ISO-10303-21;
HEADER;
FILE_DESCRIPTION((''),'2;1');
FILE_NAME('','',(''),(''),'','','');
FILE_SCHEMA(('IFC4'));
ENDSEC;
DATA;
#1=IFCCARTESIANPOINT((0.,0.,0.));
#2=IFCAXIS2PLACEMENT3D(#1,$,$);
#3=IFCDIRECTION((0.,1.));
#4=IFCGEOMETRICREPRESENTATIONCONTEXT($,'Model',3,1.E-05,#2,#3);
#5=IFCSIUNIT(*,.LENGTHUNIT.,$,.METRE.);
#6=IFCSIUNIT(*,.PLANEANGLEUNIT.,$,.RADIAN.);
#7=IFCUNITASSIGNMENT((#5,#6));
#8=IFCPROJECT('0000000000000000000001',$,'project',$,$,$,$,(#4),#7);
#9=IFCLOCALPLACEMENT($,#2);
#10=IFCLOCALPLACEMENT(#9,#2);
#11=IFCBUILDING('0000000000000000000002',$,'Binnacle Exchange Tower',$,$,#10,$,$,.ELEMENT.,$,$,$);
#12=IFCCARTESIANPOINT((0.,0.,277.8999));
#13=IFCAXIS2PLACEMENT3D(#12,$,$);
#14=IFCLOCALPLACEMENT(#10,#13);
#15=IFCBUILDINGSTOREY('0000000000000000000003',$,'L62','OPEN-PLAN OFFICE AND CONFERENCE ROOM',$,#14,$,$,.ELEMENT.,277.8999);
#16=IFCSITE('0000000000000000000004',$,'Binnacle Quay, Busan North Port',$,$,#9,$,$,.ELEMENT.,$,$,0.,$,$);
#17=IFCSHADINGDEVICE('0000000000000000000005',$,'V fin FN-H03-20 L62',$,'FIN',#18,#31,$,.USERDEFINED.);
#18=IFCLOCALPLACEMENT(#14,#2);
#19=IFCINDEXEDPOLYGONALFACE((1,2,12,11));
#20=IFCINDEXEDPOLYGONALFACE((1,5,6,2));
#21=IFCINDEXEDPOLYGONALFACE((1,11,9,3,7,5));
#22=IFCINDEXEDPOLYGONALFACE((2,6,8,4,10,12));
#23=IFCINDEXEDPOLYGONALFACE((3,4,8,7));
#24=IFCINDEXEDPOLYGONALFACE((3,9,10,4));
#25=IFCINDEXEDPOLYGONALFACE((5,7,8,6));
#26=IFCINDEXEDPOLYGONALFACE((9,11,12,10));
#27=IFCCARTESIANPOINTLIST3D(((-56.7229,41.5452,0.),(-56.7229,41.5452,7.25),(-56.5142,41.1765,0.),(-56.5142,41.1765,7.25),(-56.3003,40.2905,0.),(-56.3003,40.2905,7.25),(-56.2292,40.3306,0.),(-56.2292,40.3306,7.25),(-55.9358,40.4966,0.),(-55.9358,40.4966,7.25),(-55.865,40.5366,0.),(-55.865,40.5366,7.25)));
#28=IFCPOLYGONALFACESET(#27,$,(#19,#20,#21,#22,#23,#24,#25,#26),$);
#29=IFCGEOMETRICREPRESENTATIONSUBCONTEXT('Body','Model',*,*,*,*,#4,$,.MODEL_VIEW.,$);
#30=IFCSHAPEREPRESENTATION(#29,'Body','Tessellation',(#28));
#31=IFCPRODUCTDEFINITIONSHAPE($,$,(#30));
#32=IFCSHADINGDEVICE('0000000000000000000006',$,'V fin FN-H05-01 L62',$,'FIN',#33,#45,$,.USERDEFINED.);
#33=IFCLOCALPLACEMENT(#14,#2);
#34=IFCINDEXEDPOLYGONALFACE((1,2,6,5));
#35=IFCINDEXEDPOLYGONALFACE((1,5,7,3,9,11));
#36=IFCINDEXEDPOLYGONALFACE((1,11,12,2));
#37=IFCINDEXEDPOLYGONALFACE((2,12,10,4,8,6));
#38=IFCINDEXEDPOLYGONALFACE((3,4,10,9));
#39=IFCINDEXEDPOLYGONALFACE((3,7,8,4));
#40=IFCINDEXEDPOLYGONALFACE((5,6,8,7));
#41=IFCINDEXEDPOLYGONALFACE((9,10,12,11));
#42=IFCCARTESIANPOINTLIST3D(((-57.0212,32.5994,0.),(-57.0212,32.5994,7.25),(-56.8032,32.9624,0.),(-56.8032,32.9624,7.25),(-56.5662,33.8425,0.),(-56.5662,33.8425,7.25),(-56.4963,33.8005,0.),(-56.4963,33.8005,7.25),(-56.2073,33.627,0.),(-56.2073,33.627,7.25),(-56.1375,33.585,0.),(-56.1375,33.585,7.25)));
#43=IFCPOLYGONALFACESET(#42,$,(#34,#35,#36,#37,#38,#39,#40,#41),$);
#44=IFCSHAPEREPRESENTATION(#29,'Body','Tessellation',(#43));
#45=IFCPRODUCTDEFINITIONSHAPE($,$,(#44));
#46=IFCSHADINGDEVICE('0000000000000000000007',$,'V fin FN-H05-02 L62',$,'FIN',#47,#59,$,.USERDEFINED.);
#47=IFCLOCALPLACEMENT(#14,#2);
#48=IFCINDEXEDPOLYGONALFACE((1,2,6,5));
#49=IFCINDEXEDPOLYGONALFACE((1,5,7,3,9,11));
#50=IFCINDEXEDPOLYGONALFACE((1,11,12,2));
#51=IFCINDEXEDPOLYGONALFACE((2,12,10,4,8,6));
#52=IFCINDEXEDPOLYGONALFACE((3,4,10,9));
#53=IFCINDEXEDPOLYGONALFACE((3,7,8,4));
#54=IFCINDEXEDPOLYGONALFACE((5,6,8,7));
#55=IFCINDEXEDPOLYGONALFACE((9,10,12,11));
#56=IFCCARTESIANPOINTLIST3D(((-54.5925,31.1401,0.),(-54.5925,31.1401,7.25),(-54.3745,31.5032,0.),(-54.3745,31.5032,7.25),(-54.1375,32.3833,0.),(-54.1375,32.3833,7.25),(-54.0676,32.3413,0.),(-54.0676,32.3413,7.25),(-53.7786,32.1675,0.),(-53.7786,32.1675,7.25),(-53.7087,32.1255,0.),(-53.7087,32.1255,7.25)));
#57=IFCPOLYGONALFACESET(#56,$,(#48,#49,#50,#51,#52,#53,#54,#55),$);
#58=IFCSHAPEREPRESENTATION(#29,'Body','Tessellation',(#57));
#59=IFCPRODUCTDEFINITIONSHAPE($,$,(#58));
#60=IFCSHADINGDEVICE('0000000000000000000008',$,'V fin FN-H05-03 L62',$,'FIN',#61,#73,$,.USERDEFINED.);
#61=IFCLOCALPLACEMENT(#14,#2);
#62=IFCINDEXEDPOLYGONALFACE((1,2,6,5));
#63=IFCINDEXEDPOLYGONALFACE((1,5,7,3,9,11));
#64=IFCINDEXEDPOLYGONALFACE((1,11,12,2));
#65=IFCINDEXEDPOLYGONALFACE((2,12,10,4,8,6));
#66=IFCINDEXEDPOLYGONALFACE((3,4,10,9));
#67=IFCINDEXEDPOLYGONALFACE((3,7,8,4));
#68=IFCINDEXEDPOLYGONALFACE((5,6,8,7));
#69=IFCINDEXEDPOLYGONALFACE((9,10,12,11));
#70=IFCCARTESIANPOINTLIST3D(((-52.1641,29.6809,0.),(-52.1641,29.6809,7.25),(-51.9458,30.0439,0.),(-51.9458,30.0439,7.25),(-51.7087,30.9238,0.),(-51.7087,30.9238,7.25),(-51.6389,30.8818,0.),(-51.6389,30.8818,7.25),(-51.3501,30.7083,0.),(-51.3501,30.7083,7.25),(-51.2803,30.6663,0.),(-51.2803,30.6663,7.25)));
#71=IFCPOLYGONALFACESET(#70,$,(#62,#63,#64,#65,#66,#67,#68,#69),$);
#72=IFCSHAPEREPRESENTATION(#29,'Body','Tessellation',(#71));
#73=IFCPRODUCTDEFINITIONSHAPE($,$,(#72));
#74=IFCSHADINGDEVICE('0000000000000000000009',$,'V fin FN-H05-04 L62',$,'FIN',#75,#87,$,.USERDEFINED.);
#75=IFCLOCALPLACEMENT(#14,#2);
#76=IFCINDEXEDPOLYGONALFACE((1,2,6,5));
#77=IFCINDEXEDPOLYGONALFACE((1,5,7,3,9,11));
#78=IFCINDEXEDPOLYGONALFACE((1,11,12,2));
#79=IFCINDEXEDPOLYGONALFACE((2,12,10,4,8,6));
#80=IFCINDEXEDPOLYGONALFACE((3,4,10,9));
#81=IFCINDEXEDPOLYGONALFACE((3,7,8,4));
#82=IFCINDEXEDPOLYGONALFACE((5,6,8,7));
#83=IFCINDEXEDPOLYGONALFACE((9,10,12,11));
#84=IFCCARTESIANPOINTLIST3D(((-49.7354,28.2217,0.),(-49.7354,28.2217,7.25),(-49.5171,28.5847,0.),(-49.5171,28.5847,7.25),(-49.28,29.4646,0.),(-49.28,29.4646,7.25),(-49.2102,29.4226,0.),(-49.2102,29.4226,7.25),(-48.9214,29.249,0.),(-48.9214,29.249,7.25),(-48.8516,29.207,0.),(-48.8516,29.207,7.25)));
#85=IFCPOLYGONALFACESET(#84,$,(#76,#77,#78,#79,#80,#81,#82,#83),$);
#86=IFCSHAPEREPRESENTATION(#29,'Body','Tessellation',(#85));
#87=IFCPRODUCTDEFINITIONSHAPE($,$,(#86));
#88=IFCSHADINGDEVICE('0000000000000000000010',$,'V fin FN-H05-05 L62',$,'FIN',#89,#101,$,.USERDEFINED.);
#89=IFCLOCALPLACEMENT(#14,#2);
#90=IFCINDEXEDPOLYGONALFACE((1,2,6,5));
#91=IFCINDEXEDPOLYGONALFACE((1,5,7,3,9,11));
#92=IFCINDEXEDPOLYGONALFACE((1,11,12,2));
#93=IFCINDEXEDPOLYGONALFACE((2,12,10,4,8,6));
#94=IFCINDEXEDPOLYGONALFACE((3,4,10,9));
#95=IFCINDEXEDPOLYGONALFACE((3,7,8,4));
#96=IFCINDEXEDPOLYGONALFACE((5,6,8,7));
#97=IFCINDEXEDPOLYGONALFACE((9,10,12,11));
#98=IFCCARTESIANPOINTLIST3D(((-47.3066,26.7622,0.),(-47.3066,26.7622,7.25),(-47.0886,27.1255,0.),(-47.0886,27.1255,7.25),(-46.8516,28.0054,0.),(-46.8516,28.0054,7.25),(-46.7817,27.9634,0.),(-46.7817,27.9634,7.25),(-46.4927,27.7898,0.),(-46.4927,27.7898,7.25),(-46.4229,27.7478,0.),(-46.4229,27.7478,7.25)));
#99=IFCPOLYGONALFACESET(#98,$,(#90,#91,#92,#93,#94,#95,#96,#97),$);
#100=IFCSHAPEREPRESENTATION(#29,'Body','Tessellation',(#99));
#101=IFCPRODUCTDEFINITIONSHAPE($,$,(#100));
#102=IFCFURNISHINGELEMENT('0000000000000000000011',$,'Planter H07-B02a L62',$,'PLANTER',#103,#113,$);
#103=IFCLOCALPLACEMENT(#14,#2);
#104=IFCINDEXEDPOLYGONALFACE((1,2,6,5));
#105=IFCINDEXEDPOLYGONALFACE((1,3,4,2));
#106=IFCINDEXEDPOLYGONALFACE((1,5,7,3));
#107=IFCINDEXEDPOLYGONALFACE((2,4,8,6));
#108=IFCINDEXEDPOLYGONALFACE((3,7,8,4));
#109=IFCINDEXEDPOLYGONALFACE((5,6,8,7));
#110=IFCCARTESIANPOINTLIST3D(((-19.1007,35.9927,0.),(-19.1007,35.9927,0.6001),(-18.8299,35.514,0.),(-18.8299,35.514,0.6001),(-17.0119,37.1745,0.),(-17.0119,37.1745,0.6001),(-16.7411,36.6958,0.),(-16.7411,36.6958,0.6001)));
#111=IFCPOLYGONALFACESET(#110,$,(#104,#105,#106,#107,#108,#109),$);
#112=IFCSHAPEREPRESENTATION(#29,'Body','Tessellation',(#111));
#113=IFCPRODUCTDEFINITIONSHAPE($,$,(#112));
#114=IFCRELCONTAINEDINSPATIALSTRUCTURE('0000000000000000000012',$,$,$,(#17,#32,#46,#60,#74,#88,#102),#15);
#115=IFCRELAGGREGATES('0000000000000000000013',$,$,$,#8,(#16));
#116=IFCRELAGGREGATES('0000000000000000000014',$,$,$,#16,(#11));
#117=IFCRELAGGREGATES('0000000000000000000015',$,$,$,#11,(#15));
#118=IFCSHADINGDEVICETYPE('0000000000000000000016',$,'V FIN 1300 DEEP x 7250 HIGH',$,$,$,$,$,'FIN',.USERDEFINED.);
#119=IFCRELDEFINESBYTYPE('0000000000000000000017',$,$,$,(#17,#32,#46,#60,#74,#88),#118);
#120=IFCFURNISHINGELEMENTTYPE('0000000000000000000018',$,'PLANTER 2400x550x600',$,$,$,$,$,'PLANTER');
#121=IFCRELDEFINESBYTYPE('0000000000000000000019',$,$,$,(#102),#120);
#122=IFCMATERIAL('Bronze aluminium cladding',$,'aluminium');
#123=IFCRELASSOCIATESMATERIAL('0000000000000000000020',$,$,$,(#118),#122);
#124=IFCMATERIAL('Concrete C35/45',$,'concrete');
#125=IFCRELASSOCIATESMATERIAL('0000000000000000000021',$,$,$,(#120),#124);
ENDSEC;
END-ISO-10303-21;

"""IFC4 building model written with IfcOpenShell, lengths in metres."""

from ifc_helpers import new_model, si_unit, direction, frame, origin, origin_2d, place, context, subcontext, project, spatial, polyline, rectangle, outline, extrude, material, type_object, element, save


model = new_model("IFC4")

# Units and contexts
model_context = context("Model", 3, precision=1e-05, world=origin(), true_north=direction((0.0, 1.0)))
body_context = subcontext(model_context, "Body", "Model", "MODEL_VIEW")
ifc_project = project(units=[si_unit("LENGTHUNIT", "METRE"), si_unit("PLANEANGLEUNIT", "RADIAN")], contexts=[model_context])

# Site, building, storey
site_placement = place(None, origin())
site = spatial("IfcSite", under=ifc_project, at=site_placement, Name="Binnacle Quay, Busan North Port", CompositionType="ELEMENT", RefElevation=0.0)
building_placement = place(site_placement, origin())
building = spatial("IfcBuilding", under=site, at=building_placement, Name="Binnacle Exchange Tower", CompositionType="ELEMENT")
storey_placement = place(building_placement, frame((0.0, 0.0, 277.8999)))
storey = spatial("IfcBuildingStorey", under=building, at=storey_placement, Name="L62", Description="OPEN-PLAN OFFICE AND CONFERENCE ROOM", CompositionType="ELEMENT", Elevation=277.8999)

# Shared definitions
ifc_material_1 = material(Name="Concrete C35/45", Category="concrete")

# Shading devices
ifc_material_2 = material(Name="Bronze aluminium cladding", Category="aluminium")
shading_device_type_1 = type_object("IfcShadingDeviceType", Name="V FIN 1300 DEEP x 7250 HIGH", ElementType="FIN", PredefinedType="USERDEFINED", material=ifc_material_2)
shading_device_1_placement = place(storey_placement, origin())
element("IfcShadingDevice", 1, at=shading_device_1_placement, inside=storey, type_object=shading_device_type_1, Name="V fin FN-H03-20 L62", ObjectType="FIN", PredefinedType="USERDEFINED", context=body_context, shape_type="SweptSolid", body=[
    extrude(outline(polyline([(-55.865, 40.5366), (-56.7229, 41.5452), (-56.3003, 40.2905), (-56.2292, 40.3306), (-56.5142, 41.1765), (-55.9358, 40.4966), (-55.865, 40.5366)])), origin(), (0.0, 0.0, 1.0), 7.25),
])
shading_device_2_placement = place(storey_placement, origin())
element("IfcShadingDevice", 2, at=shading_device_2_placement, inside=storey, type_object=shading_device_type_1, Name="V fin FN-H05-01 L62", ObjectType="FIN", PredefinedType="USERDEFINED", context=body_context, shape_type="SweptSolid", body=[
    extrude(outline(polyline([(-56.5662, 33.8425), (-57.0212, 32.5994), (-56.1375, 33.585), (-56.2073, 33.627), (-56.8032, 32.9624), (-56.4963, 33.8005), (-56.5662, 33.8425)])), origin(), (0.0, 0.0, 1.0), 7.25),
])
shading_device_3_placement = place(storey_placement, origin())
element("IfcShadingDevice", 3, at=shading_device_3_placement, inside=storey, type_object=shading_device_type_1, Name="V fin FN-H05-02 L62", ObjectType="FIN", PredefinedType="USERDEFINED", context=body_context, shape_type="SweptSolid", body=[
    extrude(outline(polyline([(-54.1375, 32.3833), (-54.5925, 31.1401), (-53.7087, 32.1255), (-53.7786, 32.1675), (-54.3745, 31.5032), (-54.0676, 32.3413), (-54.1375, 32.3833)])), origin(), (0.0, 0.0, 1.0), 7.25),
])
shading_device_4_placement = place(storey_placement, origin())
element("IfcShadingDevice", 4, at=shading_device_4_placement, inside=storey, type_object=shading_device_type_1, Name="V fin FN-H05-03 L62", ObjectType="FIN", PredefinedType="USERDEFINED", context=body_context, shape_type="SweptSolid", body=[
    extrude(outline(polyline([(-51.7087, 30.9238), (-52.1641, 29.6809), (-51.2803, 30.6663), (-51.3501, 30.7083), (-51.9458, 30.0439), (-51.6389, 30.8818), (-51.7087, 30.9238)])), origin(), (0.0, 0.0, 1.0), 7.25),
])
shading_device_5_placement = place(storey_placement, origin())
element("IfcShadingDevice", 5, at=shading_device_5_placement, inside=storey, type_object=shading_device_type_1, Name="V fin FN-H05-04 L62", ObjectType="FIN", PredefinedType="USERDEFINED", context=body_context, shape_type="SweptSolid", body=[
    extrude(outline(polyline([(-49.28, 29.4646), (-49.7354, 28.2217), (-48.8516, 29.207), (-48.9214, 29.249), (-49.5171, 28.5847), (-49.2102, 29.4226), (-49.28, 29.4646)])), origin(), (0.0, 0.0, 1.0), 7.25),
])
shading_device_6_placement = place(storey_placement, origin())
element("IfcShadingDevice", 6, at=shading_device_6_placement, inside=storey, type_object=shading_device_type_1, Name="V fin FN-H05-05 L62", ObjectType="FIN", PredefinedType="USERDEFINED", context=body_context, shape_type="SweptSolid", body=[
    extrude(outline(polyline([(-46.8516, 28.0054), (-47.3066, 26.7622), (-46.4229, 27.7478), (-46.4927, 27.7898), (-47.0886, 27.1255), (-46.7817, 27.9634), (-46.8516, 28.0054)])), origin(), (0.0, 0.0, 1.0), 7.25),
])

# Furnishing element
furnishing_element_type = type_object("IfcFurnishingElementType", Name="PLANTER 2400x550x600", ElementType="PLANTER", material=ifc_material_1)
furnishing_placement = place(storey_placement, frame((-17.9209, 36.3442, 0.0), z_axis=(0.0, 0.0, 1.0), x_axis=(0.870356, 0.492424, 0.0)))
element("IfcFurnishingElement", 7, at=furnishing_placement, inside=storey, type_object=furnishing_element_type, Name="Planter H07-B02a L62", ObjectType="PLANTER", context=body_context, shape_type="SweptSolid", body=[
    extrude(rectangle(XDim=2.3999, YDim=0.55, at=origin_2d()), origin(), (0.0, 0.0, 1.0), 0.6001),
])

save(model, "model.ifc")
